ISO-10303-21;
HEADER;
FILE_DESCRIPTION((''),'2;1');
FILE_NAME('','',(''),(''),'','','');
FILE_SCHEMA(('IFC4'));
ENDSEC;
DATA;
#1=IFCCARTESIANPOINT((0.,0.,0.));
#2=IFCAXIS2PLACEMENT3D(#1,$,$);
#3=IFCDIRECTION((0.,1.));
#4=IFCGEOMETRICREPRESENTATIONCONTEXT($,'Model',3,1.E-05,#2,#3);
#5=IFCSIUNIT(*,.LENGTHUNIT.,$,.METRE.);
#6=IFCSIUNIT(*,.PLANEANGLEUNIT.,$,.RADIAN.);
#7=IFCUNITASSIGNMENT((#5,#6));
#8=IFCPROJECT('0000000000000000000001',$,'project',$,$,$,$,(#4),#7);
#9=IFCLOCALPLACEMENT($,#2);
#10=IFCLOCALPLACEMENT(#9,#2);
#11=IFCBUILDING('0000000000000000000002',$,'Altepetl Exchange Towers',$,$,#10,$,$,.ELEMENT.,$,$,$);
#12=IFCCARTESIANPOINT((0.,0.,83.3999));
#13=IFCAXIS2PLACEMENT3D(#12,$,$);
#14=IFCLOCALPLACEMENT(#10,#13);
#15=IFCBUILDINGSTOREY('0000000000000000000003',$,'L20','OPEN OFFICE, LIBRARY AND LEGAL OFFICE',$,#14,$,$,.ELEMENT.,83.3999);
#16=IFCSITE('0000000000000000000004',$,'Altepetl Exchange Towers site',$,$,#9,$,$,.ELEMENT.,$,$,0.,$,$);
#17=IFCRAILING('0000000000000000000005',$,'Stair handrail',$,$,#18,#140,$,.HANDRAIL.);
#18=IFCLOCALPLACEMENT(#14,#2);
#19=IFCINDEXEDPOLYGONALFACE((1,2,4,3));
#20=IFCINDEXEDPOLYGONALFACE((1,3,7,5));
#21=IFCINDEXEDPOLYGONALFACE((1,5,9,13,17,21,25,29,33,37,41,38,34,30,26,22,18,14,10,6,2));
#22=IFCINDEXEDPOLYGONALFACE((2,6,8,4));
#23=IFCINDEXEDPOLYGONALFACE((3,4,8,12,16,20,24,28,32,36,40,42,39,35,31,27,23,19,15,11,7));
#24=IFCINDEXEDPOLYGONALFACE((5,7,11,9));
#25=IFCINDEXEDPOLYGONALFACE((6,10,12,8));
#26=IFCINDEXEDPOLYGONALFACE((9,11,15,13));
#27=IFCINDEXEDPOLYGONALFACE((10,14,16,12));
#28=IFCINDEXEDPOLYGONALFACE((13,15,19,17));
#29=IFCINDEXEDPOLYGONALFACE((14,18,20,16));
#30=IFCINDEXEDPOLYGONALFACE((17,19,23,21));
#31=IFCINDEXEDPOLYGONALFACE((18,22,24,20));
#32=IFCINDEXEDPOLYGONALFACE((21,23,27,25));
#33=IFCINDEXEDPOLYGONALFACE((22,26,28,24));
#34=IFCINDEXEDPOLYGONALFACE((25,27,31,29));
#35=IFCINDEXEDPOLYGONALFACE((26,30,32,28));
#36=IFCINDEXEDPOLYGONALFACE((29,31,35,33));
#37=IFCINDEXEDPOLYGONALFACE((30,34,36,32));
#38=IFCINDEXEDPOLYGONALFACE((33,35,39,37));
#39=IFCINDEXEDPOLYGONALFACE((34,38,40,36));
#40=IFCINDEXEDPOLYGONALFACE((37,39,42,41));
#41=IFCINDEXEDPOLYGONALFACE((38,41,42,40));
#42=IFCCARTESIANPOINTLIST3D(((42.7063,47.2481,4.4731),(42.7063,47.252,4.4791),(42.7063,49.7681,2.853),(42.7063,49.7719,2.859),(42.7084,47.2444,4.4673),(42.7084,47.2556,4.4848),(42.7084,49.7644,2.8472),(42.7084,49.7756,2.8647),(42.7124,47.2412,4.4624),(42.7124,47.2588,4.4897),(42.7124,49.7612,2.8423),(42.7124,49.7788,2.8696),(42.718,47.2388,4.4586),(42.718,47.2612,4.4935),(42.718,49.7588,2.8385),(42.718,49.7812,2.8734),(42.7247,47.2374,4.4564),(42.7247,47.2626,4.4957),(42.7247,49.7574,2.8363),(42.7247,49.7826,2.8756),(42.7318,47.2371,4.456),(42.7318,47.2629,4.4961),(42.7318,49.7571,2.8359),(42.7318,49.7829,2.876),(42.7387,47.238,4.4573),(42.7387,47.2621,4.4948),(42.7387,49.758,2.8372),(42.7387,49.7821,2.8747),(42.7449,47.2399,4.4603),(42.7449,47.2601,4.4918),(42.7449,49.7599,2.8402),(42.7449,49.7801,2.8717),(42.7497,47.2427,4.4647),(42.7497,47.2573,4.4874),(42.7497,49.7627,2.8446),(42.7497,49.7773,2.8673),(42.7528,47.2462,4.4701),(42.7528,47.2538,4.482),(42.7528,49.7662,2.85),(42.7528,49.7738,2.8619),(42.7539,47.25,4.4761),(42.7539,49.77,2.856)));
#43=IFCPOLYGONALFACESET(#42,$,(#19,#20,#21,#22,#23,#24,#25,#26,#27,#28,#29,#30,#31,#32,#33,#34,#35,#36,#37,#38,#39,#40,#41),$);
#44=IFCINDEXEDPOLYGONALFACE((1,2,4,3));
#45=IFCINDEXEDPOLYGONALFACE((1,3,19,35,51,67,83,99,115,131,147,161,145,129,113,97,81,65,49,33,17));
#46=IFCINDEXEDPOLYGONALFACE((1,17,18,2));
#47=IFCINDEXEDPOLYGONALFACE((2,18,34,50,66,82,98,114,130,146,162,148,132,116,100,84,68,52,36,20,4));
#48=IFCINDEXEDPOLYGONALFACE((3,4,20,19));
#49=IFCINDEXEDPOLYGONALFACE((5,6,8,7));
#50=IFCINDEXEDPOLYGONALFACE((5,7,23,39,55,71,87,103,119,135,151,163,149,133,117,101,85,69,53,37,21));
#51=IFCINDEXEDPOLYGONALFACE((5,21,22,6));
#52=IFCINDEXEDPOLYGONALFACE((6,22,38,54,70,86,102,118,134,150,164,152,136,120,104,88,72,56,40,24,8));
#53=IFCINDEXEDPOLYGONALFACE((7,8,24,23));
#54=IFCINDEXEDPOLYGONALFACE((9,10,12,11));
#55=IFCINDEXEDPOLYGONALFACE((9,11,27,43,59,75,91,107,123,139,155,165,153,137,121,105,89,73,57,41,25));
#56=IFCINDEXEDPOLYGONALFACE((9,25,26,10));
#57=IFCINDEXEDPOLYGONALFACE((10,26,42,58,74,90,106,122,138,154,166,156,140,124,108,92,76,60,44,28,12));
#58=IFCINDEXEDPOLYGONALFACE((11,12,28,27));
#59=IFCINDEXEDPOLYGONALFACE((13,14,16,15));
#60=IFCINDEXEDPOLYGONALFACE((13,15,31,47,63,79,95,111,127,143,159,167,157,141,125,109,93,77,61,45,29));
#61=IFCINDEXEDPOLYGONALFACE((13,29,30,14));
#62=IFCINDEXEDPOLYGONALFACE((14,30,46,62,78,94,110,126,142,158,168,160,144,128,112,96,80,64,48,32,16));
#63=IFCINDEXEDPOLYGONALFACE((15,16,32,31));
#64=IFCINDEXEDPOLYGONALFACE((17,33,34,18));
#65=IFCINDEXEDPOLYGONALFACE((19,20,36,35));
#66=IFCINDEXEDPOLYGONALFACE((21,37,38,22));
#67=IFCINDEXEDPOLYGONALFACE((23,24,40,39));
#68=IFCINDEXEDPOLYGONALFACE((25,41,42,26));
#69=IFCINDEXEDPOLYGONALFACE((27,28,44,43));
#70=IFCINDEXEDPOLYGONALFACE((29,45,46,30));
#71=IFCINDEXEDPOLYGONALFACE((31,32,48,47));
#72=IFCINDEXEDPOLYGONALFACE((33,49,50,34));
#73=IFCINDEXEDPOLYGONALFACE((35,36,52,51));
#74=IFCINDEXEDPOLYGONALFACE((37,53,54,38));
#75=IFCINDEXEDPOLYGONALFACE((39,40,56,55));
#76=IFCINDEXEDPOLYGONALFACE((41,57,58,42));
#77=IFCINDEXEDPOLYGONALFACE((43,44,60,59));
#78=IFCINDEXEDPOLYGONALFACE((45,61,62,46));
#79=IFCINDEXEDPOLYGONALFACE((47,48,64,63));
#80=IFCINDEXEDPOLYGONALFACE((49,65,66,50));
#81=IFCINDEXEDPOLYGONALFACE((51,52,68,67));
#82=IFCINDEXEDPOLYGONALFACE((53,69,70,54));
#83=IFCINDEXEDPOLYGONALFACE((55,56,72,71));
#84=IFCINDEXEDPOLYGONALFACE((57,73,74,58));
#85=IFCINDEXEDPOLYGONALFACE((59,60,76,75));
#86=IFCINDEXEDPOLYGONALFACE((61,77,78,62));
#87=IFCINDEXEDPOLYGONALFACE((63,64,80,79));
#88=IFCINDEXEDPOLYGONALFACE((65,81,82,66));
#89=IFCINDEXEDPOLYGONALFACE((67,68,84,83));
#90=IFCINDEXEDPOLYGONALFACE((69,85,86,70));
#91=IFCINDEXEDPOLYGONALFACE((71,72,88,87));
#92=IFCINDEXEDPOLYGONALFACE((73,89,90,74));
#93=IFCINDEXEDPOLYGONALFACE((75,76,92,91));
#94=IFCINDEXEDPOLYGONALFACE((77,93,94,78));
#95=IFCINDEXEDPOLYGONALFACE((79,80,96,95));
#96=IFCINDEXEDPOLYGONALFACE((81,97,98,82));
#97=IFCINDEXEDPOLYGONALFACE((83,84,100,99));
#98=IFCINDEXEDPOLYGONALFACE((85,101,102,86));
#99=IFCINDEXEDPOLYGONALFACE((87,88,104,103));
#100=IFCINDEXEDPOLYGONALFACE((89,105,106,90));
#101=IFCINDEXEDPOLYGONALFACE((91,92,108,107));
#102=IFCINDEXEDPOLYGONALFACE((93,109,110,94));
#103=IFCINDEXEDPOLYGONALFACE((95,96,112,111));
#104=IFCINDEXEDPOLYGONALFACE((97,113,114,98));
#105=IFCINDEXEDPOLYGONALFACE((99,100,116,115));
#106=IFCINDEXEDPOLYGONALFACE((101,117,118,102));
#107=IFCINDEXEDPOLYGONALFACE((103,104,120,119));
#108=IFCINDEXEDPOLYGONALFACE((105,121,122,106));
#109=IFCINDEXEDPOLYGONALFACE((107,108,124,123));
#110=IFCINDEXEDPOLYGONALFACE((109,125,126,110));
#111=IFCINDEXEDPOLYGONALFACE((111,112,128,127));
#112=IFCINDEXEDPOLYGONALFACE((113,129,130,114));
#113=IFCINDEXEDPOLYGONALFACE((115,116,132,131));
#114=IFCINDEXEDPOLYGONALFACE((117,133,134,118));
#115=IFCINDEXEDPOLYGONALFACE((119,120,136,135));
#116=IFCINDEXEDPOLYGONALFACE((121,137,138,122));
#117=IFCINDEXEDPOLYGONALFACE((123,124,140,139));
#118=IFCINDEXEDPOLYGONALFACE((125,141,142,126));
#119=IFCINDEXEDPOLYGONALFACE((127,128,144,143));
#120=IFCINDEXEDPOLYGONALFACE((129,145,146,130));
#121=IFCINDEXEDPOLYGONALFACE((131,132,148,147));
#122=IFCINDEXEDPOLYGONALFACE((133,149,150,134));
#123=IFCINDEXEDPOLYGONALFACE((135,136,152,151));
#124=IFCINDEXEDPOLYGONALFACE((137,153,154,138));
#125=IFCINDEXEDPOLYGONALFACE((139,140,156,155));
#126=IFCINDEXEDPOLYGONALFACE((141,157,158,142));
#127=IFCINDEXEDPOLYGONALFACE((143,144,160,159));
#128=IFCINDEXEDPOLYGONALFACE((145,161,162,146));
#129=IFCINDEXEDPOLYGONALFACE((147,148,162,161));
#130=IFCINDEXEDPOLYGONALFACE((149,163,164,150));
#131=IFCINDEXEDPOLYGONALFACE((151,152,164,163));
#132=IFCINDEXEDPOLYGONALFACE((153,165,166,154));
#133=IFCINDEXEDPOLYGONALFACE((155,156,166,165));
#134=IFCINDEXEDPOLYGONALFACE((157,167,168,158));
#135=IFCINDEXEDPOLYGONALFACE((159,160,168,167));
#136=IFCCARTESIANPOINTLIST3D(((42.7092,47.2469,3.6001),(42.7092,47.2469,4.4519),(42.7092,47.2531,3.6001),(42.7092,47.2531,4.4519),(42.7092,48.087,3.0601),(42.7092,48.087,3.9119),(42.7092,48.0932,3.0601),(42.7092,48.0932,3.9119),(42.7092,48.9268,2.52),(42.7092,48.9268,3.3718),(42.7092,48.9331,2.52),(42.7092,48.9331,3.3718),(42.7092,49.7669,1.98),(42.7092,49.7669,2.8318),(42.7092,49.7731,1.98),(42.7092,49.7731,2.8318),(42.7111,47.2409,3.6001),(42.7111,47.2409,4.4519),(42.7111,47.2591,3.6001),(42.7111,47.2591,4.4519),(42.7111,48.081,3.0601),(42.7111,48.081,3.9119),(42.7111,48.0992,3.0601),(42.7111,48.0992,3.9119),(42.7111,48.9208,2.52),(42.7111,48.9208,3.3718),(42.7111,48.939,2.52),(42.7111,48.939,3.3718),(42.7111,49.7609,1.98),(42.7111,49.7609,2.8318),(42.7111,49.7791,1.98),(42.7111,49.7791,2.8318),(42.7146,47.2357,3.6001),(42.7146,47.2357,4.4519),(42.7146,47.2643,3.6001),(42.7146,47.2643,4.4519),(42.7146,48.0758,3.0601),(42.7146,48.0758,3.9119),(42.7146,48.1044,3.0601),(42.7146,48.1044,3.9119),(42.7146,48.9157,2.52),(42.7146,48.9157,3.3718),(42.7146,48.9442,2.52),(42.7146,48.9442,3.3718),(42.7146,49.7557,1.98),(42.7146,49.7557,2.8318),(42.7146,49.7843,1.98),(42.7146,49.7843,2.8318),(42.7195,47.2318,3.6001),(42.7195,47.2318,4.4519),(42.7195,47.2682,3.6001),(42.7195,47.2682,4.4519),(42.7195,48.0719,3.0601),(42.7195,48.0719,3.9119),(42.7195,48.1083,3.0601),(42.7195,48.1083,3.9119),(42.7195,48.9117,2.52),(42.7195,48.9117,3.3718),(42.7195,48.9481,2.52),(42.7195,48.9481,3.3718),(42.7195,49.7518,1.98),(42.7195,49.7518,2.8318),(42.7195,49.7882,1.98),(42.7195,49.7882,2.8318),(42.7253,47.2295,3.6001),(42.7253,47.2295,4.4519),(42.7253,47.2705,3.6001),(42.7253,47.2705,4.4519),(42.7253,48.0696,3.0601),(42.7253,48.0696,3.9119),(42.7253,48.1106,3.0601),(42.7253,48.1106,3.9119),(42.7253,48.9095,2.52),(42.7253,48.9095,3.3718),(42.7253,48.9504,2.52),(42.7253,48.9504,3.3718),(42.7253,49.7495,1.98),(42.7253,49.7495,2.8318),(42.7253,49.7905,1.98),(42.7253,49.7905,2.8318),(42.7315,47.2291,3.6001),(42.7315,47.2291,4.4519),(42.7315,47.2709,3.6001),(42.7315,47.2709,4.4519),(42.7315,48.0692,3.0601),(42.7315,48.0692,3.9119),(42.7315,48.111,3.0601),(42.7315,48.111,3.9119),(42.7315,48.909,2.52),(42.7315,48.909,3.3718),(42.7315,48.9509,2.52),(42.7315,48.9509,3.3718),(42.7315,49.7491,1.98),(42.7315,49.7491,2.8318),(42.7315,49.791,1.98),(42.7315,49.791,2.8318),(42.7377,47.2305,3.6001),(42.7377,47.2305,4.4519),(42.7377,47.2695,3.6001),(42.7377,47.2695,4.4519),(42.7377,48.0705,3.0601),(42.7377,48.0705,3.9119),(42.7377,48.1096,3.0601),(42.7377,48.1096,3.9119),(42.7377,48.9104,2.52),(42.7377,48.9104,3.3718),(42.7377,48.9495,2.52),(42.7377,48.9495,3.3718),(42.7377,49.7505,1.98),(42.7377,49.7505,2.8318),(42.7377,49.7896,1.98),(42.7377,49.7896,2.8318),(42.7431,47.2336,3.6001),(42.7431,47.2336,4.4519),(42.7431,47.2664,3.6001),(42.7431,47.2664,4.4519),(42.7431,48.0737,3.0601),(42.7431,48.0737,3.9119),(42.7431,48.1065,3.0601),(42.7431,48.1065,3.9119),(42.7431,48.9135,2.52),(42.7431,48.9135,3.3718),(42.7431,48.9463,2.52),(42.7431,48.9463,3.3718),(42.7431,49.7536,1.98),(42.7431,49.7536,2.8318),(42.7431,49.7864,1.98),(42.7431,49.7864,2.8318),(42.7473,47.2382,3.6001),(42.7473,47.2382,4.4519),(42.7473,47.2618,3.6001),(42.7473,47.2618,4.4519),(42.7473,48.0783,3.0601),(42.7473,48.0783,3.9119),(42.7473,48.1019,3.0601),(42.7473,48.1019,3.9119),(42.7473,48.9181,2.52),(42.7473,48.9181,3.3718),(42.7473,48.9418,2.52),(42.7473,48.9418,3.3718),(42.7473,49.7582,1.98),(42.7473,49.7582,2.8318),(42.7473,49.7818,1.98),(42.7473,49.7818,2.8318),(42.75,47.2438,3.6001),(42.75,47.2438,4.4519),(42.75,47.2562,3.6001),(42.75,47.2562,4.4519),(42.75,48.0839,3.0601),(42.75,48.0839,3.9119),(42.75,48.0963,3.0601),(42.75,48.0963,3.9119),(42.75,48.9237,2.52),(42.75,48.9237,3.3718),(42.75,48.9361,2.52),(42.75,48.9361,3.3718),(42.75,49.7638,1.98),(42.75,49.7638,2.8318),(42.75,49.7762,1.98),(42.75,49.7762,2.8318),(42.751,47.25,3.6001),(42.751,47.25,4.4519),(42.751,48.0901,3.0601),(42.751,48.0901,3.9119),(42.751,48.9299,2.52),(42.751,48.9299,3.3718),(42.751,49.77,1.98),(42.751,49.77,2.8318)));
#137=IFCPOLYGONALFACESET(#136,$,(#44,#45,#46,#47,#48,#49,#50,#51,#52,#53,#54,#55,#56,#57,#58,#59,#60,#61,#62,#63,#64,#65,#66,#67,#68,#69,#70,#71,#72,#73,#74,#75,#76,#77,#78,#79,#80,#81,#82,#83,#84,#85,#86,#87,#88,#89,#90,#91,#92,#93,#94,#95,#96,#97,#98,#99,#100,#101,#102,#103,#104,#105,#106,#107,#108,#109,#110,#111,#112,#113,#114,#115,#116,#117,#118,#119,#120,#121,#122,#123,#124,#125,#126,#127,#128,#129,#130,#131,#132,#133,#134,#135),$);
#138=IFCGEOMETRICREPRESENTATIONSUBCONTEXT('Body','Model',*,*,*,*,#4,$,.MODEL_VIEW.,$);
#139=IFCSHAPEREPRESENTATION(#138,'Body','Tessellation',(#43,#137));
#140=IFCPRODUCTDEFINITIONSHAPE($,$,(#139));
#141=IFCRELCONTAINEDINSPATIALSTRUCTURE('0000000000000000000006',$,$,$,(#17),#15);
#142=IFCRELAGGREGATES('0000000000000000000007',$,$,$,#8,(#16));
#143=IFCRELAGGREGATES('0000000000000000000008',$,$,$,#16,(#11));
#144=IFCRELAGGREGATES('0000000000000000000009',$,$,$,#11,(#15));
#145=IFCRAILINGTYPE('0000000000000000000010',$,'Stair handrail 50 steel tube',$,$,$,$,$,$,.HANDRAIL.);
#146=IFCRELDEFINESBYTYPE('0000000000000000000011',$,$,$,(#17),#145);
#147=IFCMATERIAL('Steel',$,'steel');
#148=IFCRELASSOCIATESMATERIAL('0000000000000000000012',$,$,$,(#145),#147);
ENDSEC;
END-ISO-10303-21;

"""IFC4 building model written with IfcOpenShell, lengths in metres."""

from ifc_helpers import new_model, si_unit, direction, frame, origin, origin_2d, place, context, subcontext, project, spatial, circle, extrude, source, transform, mapped, material, type_object, element, save


model = new_model("IFC4")

# Units and contexts
model_context = context("Model", 3, precision=1e-05, world=origin(), true_north=direction((0.0, 1.0)))
body_context = subcontext(model_context, "Body", "Model", "MODEL_VIEW")
ifc_project = project(units=[si_unit("LENGTHUNIT", "METRE"), si_unit("PLANEANGLEUNIT", "RADIAN")], contexts=[model_context])

# Site, building, storey
site_placement = place(None, origin())
site = spatial("IfcSite", under=ifc_project, at=site_placement, Name="Altepetl Exchange Towers site", CompositionType="ELEMENT", RefElevation=0.0)
building_placement = place(site_placement, origin())
building = spatial("IfcBuilding", under=site, at=building_placement, Name="Altepetl Exchange Towers", CompositionType="ELEMENT")
storey_placement = place(building_placement, frame((0.0, 0.0, 83.3999)))
storey = spatial("IfcBuildingStorey", under=building, at=storey_placement, Name="L20", Description="OPEN OFFICE, LIBRARY AND LEGAL OFFICE", CompositionType="ELEMENT", Elevation=83.3999)

# Railing
ifc_material_1 = material(Name="Steel", Category="steel")
railing_type = type_object("IfcRailingType", Name="Stair handrail 50 steel tube", PredefinedType="HANDRAIL", material=ifc_material_1)
shared_shape = source(origin(), body_context, "Body", "SweptSolid", [
    extrude(circle(Radius=0.021, at=origin_2d()), origin(), (0.0, 0.0, 1.0), 0.8518),
])
railing_placement = place(storey_placement, frame((42.73, 49.77, 1.98)))
element("IfcRailing", 1, at=railing_placement, inside=storey, type_object=railing_type, Name="Stair handrail", PredefinedType="HANDRAIL", context=body_context, shape_type="SweptSolid", body=[
    extrude(circle(Radius=0.0239, at=origin_2d()), frame((0.0, 0.0, 0.876), z_axis=(0.0, -0.841163, 0.540782), x_axis=(1.0, 0.0, 0.0)), (0.0, 0.0, 1.0), 2.9958),
    mapped(shared_shape, transform((0.0, 0.0, 0.0))),
    mapped(shared_shape, transform((0.0, -0.8401, 0.54))),
    mapped(shared_shape, transform((0.0, -1.6799, 1.0801))),
    mapped(shared_shape, transform((0.0, -2.52, 1.6201))),
])

save(model, "model.ifc")
